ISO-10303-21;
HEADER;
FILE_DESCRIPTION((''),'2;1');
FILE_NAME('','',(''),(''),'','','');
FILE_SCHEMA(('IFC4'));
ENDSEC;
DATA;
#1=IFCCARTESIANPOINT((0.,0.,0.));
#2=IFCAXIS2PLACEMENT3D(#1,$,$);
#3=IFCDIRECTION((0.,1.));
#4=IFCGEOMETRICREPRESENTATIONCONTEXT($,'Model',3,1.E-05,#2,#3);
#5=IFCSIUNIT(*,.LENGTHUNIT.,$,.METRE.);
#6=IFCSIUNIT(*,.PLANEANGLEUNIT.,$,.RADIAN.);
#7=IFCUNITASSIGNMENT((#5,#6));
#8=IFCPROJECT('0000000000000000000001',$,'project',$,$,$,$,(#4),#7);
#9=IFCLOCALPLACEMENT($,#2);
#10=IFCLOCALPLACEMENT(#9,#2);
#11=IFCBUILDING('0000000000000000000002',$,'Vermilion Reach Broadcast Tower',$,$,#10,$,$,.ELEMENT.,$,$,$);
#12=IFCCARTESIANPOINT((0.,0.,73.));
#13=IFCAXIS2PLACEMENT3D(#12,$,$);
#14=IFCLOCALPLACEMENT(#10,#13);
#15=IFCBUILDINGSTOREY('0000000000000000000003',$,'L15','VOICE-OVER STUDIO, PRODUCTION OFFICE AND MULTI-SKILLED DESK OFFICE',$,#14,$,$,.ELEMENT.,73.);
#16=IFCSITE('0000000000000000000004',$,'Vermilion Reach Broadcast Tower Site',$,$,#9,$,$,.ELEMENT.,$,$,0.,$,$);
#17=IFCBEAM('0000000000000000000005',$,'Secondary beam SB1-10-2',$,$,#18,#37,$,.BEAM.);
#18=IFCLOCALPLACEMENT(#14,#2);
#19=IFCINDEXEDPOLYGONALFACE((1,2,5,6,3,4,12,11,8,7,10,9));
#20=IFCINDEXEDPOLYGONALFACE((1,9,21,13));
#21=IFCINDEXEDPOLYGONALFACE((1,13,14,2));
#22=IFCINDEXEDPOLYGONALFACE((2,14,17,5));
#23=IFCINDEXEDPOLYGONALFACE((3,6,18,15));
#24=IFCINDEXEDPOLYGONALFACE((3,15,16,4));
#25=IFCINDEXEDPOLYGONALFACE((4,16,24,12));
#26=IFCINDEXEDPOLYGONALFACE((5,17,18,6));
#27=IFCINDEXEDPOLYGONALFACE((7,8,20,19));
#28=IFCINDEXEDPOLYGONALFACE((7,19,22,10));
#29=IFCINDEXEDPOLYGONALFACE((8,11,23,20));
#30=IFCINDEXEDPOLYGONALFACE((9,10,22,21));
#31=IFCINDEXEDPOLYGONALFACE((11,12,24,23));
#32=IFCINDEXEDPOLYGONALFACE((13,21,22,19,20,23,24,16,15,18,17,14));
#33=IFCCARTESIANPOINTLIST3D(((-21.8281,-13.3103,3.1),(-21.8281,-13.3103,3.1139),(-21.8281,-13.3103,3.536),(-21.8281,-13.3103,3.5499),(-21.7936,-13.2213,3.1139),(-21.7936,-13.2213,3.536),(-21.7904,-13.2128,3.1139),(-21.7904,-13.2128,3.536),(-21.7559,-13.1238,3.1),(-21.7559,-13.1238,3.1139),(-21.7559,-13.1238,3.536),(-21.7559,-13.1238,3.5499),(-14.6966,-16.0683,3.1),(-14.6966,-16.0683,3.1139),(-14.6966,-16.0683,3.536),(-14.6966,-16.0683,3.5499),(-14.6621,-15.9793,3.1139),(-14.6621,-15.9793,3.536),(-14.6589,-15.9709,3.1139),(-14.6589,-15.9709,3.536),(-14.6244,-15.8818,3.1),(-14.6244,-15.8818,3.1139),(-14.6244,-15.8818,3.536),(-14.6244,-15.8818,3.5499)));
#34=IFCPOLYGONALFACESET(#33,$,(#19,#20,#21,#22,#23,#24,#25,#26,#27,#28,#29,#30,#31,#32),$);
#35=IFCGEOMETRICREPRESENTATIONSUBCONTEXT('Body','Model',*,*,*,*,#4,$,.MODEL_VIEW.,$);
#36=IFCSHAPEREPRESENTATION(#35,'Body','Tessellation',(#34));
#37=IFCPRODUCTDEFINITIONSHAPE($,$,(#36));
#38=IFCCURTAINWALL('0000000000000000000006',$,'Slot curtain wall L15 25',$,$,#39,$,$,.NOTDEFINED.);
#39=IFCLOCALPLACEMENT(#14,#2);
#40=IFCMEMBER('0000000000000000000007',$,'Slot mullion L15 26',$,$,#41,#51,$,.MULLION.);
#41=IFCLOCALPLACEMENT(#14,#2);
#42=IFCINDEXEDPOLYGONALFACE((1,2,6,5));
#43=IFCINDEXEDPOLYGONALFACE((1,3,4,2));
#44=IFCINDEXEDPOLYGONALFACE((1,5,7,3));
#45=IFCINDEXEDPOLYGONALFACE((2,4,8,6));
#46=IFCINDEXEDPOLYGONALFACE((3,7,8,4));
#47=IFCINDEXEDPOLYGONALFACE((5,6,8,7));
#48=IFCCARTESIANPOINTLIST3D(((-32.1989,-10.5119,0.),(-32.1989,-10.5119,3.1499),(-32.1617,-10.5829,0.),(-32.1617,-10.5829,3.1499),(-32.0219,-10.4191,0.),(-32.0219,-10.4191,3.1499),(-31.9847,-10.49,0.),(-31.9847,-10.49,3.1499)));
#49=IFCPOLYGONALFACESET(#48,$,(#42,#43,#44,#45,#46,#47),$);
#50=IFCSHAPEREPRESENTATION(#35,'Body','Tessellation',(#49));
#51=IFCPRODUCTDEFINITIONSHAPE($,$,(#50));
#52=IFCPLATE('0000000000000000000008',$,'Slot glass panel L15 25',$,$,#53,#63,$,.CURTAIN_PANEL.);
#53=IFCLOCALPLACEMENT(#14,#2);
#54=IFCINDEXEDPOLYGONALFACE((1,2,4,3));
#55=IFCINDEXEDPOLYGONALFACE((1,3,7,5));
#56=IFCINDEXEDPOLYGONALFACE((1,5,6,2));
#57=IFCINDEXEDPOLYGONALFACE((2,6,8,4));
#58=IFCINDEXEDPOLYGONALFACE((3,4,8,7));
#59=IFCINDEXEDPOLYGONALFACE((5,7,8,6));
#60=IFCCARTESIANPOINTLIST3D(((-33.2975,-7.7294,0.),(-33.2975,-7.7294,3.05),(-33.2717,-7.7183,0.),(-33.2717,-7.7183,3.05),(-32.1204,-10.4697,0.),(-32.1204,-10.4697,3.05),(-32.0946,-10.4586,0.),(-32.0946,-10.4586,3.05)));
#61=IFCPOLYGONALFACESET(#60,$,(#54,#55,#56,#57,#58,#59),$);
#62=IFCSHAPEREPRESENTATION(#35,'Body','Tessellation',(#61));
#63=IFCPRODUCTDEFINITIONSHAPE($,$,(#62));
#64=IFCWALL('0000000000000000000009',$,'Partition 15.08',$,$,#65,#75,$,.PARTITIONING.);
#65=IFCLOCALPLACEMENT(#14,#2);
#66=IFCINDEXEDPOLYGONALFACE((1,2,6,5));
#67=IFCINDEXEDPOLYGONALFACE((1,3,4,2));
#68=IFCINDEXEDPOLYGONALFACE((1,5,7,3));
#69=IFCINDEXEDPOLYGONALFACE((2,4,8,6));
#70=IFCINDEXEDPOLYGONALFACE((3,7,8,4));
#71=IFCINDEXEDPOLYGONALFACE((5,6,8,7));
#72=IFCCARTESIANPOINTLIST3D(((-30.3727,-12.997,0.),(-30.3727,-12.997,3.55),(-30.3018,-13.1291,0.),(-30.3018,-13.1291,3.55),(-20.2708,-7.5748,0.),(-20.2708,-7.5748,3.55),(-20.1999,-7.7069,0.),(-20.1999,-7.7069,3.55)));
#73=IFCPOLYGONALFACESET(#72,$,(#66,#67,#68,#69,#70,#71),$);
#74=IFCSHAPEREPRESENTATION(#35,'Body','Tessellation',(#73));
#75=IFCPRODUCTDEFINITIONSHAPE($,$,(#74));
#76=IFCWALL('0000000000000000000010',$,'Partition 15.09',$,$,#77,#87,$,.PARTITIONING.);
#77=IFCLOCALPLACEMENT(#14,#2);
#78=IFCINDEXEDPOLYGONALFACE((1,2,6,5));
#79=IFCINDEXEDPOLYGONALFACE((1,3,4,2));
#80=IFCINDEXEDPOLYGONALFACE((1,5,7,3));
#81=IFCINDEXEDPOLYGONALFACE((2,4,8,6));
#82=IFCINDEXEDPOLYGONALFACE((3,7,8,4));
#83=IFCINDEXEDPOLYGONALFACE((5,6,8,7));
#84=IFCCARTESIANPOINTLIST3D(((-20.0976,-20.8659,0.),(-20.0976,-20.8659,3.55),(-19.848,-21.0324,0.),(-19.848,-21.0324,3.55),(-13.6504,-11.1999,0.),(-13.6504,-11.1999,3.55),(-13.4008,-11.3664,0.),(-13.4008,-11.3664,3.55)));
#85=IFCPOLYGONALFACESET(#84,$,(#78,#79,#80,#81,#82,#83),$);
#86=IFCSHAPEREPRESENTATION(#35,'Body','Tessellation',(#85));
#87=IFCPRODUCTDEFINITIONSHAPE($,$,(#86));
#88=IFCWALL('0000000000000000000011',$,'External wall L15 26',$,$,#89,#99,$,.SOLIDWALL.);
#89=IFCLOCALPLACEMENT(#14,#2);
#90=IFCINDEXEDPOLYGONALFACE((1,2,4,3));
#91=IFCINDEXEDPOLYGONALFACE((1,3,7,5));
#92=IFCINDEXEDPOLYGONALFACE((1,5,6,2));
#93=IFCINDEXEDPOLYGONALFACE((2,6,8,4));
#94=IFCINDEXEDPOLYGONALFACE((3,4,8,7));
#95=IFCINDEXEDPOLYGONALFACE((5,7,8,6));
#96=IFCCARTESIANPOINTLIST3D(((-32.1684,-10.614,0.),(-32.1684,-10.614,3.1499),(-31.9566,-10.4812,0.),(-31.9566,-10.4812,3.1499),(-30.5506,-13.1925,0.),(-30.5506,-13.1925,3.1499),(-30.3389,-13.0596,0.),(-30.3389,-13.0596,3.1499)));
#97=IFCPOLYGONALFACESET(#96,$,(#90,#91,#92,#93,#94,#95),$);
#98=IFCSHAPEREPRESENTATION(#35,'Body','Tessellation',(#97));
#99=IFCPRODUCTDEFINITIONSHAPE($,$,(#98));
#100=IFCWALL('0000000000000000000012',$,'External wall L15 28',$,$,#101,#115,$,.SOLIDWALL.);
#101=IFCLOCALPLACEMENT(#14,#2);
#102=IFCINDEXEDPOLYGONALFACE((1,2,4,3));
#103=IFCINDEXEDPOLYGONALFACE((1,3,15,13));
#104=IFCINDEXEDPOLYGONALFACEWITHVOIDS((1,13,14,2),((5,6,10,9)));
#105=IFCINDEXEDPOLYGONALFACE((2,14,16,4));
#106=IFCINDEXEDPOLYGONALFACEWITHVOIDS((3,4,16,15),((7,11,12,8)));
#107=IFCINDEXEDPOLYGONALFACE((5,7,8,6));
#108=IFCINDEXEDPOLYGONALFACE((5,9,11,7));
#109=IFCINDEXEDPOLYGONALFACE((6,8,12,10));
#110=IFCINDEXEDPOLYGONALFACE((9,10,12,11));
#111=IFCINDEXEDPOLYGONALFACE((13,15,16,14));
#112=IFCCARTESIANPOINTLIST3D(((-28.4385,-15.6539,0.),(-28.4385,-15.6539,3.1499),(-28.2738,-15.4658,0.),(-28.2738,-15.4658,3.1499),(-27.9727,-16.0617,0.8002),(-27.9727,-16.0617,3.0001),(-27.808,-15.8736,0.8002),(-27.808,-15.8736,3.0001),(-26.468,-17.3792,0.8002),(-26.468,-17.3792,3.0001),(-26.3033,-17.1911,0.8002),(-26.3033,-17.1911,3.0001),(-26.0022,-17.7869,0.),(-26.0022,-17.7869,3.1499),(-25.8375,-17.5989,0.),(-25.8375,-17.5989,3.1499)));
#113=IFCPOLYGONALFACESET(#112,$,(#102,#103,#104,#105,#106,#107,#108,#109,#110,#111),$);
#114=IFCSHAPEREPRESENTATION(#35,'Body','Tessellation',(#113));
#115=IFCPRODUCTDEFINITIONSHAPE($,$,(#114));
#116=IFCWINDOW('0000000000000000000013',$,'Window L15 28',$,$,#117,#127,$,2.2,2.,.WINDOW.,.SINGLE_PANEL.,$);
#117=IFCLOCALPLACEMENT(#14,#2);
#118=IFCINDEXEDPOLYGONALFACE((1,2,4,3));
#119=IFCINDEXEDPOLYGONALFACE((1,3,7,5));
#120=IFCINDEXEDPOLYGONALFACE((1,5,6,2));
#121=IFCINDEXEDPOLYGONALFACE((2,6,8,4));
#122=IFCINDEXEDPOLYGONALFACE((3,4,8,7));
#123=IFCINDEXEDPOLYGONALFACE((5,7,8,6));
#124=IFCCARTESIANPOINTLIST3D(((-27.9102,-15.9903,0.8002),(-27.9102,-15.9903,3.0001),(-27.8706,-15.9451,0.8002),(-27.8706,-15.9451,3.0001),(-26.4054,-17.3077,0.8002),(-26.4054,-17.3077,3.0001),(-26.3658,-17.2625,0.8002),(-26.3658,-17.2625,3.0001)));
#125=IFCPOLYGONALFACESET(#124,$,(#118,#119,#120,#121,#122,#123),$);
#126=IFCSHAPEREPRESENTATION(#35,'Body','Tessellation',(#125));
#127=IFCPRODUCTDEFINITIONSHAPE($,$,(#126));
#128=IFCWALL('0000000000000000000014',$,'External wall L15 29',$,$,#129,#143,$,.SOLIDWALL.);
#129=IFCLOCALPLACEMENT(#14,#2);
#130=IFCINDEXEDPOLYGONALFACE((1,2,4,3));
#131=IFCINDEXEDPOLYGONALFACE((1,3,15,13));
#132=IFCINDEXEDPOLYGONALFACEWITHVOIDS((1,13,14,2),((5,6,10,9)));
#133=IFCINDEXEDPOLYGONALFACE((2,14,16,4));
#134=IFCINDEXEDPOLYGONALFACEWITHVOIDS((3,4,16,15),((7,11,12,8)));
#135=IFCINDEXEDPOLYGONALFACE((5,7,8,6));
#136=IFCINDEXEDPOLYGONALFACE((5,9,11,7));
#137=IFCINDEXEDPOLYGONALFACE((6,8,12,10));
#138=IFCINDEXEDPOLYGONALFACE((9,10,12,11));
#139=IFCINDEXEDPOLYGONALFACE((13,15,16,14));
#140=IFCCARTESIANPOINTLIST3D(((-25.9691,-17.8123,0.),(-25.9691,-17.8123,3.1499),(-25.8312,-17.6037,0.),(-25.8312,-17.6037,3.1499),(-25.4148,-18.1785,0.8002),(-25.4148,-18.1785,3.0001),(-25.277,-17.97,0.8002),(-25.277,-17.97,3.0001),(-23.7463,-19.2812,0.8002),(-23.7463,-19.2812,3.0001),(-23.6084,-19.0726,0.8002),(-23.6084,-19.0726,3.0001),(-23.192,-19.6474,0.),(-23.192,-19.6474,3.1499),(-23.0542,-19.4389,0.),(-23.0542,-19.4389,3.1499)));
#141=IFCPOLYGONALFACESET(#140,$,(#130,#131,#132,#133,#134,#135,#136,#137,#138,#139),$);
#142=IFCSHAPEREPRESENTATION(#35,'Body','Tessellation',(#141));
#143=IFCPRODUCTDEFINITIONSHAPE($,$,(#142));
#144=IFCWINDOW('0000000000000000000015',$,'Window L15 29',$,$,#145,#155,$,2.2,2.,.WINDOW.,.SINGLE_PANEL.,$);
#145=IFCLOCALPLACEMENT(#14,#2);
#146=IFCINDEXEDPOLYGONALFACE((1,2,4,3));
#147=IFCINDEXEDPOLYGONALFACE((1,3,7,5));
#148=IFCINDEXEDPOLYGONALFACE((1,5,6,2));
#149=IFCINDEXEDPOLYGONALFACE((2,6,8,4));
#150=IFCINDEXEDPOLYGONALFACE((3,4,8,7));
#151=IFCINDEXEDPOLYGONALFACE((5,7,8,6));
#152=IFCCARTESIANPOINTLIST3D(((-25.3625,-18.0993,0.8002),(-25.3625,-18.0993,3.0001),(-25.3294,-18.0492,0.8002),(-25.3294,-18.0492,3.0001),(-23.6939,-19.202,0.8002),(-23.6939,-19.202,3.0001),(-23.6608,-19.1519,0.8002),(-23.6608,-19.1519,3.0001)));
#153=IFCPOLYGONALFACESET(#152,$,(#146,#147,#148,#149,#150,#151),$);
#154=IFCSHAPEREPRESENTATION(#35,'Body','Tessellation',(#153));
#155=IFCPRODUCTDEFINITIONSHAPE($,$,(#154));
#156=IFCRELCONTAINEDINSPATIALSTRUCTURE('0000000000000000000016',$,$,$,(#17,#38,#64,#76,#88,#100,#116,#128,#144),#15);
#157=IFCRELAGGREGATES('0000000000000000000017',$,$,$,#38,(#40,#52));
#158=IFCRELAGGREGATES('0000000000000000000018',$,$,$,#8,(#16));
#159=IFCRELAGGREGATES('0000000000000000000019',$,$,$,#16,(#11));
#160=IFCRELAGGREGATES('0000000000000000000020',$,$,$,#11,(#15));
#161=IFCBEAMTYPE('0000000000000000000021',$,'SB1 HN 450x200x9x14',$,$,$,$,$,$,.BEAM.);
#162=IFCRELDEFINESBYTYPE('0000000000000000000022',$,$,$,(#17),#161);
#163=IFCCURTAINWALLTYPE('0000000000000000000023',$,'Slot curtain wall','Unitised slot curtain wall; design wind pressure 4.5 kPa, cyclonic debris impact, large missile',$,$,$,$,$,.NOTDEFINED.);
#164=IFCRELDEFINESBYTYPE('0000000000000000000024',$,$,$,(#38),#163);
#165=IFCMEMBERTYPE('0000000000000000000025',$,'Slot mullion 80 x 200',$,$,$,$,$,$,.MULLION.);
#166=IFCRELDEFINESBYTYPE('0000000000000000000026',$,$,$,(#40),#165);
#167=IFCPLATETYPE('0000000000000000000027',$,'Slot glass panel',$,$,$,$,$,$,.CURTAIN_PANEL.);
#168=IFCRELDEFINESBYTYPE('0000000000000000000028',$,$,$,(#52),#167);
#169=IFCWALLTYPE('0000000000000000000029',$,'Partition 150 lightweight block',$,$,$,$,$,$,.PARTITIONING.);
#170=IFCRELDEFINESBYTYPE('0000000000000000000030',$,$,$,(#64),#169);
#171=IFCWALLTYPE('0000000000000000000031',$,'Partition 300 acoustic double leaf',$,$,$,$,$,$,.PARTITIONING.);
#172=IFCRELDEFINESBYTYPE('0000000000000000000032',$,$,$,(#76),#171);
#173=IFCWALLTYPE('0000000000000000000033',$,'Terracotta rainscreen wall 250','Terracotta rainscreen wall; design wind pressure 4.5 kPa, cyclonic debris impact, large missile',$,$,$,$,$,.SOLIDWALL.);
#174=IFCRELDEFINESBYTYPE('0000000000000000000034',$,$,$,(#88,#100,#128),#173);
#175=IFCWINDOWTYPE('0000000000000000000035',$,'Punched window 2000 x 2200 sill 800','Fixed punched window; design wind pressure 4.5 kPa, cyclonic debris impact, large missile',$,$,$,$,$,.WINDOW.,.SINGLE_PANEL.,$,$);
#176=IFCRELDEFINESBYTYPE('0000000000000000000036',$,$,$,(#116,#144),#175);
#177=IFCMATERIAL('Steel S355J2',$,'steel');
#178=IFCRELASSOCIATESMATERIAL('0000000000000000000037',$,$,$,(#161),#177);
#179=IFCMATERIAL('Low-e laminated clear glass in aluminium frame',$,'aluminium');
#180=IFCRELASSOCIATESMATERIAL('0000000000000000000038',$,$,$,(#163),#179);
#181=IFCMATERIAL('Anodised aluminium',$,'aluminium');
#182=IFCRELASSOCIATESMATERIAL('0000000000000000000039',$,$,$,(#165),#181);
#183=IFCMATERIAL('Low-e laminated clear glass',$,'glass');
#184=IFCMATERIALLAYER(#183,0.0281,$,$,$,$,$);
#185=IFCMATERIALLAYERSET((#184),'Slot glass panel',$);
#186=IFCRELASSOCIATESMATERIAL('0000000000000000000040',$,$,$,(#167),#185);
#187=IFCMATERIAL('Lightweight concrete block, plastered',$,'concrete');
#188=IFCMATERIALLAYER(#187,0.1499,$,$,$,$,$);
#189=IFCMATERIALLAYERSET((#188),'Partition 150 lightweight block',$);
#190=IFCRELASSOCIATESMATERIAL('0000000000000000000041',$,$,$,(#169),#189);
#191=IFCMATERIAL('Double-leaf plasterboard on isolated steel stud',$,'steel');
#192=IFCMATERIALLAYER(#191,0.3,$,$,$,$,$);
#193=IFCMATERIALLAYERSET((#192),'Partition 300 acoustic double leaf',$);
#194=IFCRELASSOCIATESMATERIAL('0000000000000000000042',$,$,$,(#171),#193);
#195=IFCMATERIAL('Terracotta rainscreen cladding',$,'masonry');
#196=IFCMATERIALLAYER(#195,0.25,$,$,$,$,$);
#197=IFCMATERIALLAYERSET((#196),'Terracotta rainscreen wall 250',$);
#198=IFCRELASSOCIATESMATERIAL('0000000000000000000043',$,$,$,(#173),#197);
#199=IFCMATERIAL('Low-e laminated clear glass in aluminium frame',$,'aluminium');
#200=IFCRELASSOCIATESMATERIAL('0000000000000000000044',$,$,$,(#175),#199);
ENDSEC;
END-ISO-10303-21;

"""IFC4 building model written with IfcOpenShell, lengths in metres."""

from ifc_helpers import new_model, si_unit, direction, frame, frame_2d, origin, origin_2d, place, context, subcontext, project, spatial, rectangle, i_section, extrude, material, layer, layer_set, material_profile, profile_set, type_object, element, fill, aggregate, save


model = new_model("IFC4")

# Units and contexts
model_context = context("Model", 3, precision=1e-05, world=origin(), true_north=direction((0.0, 1.0)))
body_context = subcontext(model_context, "Body", "Model", "MODEL_VIEW")
ifc_project = project(units=[si_unit("LENGTHUNIT", "METRE"), si_unit("PLANEANGLEUNIT", "RADIAN")], contexts=[model_context])

# Site, building, storey
site_placement = place(None, origin())
site = spatial("IfcSite", under=ifc_project, at=site_placement, Name="Vermilion Reach Broadcast Tower Site", CompositionType="ELEMENT", RefElevation=0.0)
building_placement = place(site_placement, origin())
building = spatial("IfcBuilding", under=site, at=building_placement, Name="Vermilion Reach Broadcast Tower", CompositionType="ELEMENT")
storey_placement = place(building_placement, frame((0.0, 0.0, 73.0)))
storey = spatial("IfcBuildingStorey", under=building, at=storey_placement, Name="L15", Description="VOICE-OVER STUDIO, PRODUCTION OFFICE AND MULTI-SKILLED DESK OFFICE", CompositionType="ELEMENT", Elevation=73.0)

# Beam
ifc_material_1 = material(Name="Steel S355J2", Category="steel")
ifc_material_profile_1 = material_profile(ifc_material_1, i_section(OverallWidth=0.2, OverallDepth=0.45, WebThickness=0.009, FlangeThickness=0.0139, at=origin_2d()), Name="S355J2 HN 450x200x9x14")
ifc_profile_set_1 = profile_set([ifc_material_profile_1], Name="Steel S355J2")
beam_type_1 = type_object("IfcBeamType", Name="SB1 HN 450x200x9x14", PredefinedType="BEAM", material=ifc_profile_set_1)
beam_1_placement = place(storey_placement, frame((-21.792, -13.217, 3.325), z_axis=(0.932681, -0.360703, 0.0), x_axis=(0.360703, 0.932681, 0.0)))
element("IfcBeam", 1, at=beam_1_placement, inside=storey, type_object=beam_type_1, Name="Secondary beam SB1-10-2", PredefinedType="BEAM", context=body_context, shape_type="SweptSolid", body=[
    extrude(i_section(OverallWidth=0.2, OverallDepth=0.45, WebThickness=0.009, FlangeThickness=0.0139, at=origin_2d()), origin(), (0.0, 0.0, 1.0), 7.6462),
])

# Curtain wall, member, plate
ifc_material_2 = material(Name="Low-e laminated clear glass in aluminium frame", Category="aluminium")
curtain_wall_type = type_object("IfcCurtainWallType", Name="Slot curtain wall", Description="Unitised slot curtain wall; design wind pressure 4.5 kPa, cyclonic debris impact, large missile", PredefinedType="NOTDEFINED", material=ifc_material_2)
curtain_wall_placement = place(storey_placement, origin())
curtain_wall = element("IfcCurtainWall", 2, at=curtain_wall_placement, inside=storey, type_object=curtain_wall_type, Name="Slot curtain wall L15 25", PredefinedType="NOTDEFINED")
ifc_material_3 = material(Name="Anodised aluminium", Category="aluminium")
ifc_material_profile_2 = material_profile(ifc_material_3, rectangle(XDim=0.2, YDim=0.0801, at=origin_2d()), Name="Slot mullion 80 x 200")
ifc_profile_set_2 = profile_set([ifc_material_profile_2], Name="Anodised aluminium")
member_type = type_object("IfcMemberType", Name="Slot mullion 80 x 200", PredefinedType="MULLION", material=ifc_profile_set_2)
member_placement = place(storey_placement, frame((-32.0918, -10.501, 0.0), z_axis=(0.0, 0.0, 1.0), x_axis=(0.885609, 0.464431, 0.0)))
member = element("IfcMember", 3, at=member_placement, type_object=member_type, Name="Slot mullion L15 26", PredefinedType="MULLION", context=body_context, shape_type="SweptSolid", body=[
    extrude(rectangle(XDim=0.2, YDim=0.0801, at=origin_2d()), origin(), (0.0, 0.0, 1.0), 3.1499),
])
ifc_material_4 = material(Name="Low-e laminated clear glass", Category="glass")
ifc_layer_1 = layer(ifc_material_4, 0.0281)
ifc_layer_set_1 = layer_set([ifc_layer_1], Name="Slot glass panel")
plate_type = type_object("IfcPlateType", Name="Slot glass panel", PredefinedType="CURTAIN_PANEL", material=ifc_layer_set_1)
plate_placement = place(storey_placement, frame((-32.696, -9.094, 0.0), z_axis=(0.0, 0.0, 1.0), x_axis=(0.394656, -0.918829, 0.0)))
plate = element("IfcPlate", 4, at=plate_placement, type_object=plate_type, Name="Slot glass panel L15 25", PredefinedType="CURTAIN_PANEL", context=body_context, shape_type="SweptSolid", body=[
    extrude(rectangle(XDim=2.9824, YDim=0.0281, at=origin_2d()), origin(), (0.0, 0.0, 1.0), 3.05),
])
aggregate(curtain_wall, [member, plate])

# Walls
ifc_material_5 = material(Name="Lightweight concrete block, plastered", Category="concrete")
ifc_layer_2 = layer(ifc_material_5, 0.1499)
ifc_layer_set_2 = layer_set([ifc_layer_2], Name="Partition 150 lightweight block")
wall_type_1 = type_object("IfcWallType", Name="Partition 150 lightweight block", PredefinedType="PARTITIONING", material=ifc_layer_set_2)
wall_1_placement = place(storey_placement, frame((-30.3372, -13.063, 0.0), z_axis=(0.0, 0.0, 1.0), x_axis=(0.881101, 0.472929, 0.0)))
element("IfcWall", 5, at=wall_1_placement, inside=storey, type_object=wall_type_1, Name="Partition 15.08", PredefinedType="PARTITIONING", context=body_context, shape_type="SweptSolid", body=[
    extrude(rectangle(XDim=11.4651, YDim=0.1499, at=frame_2d((5.7324, 0.0))), origin(), (0.0, 0.0, 1.0), 3.55),
])
ifc_material_6 = material(Name="Double-leaf plasterboard on isolated steel stud", Category="steel")
ifc_layer_3 = layer(ifc_material_6, 0.3)
ifc_layer_set_3 = layer_set([ifc_layer_3], Name="Partition 300 acoustic double leaf")
wall_type_2 = type_object("IfcWallType", Name="Partition 300 acoustic double leaf", PredefinedType="PARTITIONING", material=ifc_layer_set_3)
wall_2_placement = place(storey_placement, frame((-19.9729, -20.9492, 0.0), z_axis=(0.0, 0.0, 1.0), x_axis=(0.554894, 0.831921, 0.0)))
element("IfcWall", 6, at=wall_2_placement, inside=storey, type_object=wall_type_2, Name="Partition 15.09", PredefinedType="PARTITIONING", context=body_context, shape_type="SweptSolid", body=[
    extrude(rectangle(XDim=11.6189, YDim=0.3, at=frame_2d((5.8096, 0.0))), origin(), (0.0, 0.0, 1.0), 3.55),
])
ifc_material_7 = material(Name="Terracotta rainscreen cladding", Category="masonry")
ifc_layer_4 = layer(ifc_material_7, 0.25)
ifc_layer_set_4 = layer_set([ifc_layer_4], Name="Terracotta rainscreen wall 250")
wall_type_3 = type_object("IfcWallType", Name="Terracotta rainscreen wall 250", Description="Terracotta rainscreen wall; design wind pressure 4.5 kPa, cyclonic debris impact, large missile", PredefinedType="SOLIDWALL", material=ifc_layer_set_4)
wall_3_placement = place(storey_placement, frame((-32.0625, -10.5476, 0.0), z_axis=(0.0, 0.0, 1.0), x_axis=(0.531462, -0.847082, 0.0)))
element("IfcWall", 7, at=wall_3_placement, inside=storey, type_object=wall_type_3, Name="External wall L15 26", PredefinedType="SOLIDWALL", context=body_context, shape_type="SweptSolid", body=[
    extrude(rectangle(XDim=3.0439, YDim=0.25, at=frame_2d((1.522, 0.0))), origin(), (0.0, 0.0, 1.0), 3.1499),
])

# Walls, openings, windows
wall_4_placement = place(storey_placement, frame((-28.3562, -15.5598, 0.0), z_axis=(0.0, 0.0, 1.0), x_axis=(0.752376, -0.658734, 0.0)))
wall_4 = element("IfcWall", 8, at=wall_4_placement, inside=storey, type_object=wall_type_3, Name="External wall L15 28", PredefinedType="SOLIDWALL", context=body_context, shape_type="SweptSolid", body=[
    extrude(rectangle(XDim=3.238, YDim=0.25, at=frame_2d((1.6191, 0.0))), origin(), (0.0, 0.0, 1.0), 3.1499),
])
opening_1_placement = place(wall_4_placement, frame((0.6191, 0.0, 0.8)))
opening_1 = element("IfcOpeningElement", 9, at=opening_1_placement, cuts=wall_4, PredefinedType="OPENING", context=body_context, shape_type="SweptSolid", body=[
    extrude(rectangle(XDim=2.0, YDim=2.2, at=frame_2d((1.0, 1.1001))), frame((0.0, 0.135, 0.0), z_axis=(0.0, -1.0, 0.0), x_axis=(1.0, 0.0, 0.0)), (0.0, 0.0, 1.0), 0.27),
])
ifc_material_8 = material(Name="Low-e laminated clear glass in aluminium frame", Category="aluminium")
window_type = type_object("IfcWindowType", Name="Punched window 2000 x 2200 sill 800", Description="Fixed punched window; design wind pressure 4.5 kPa, cyclonic debris impact, large missile", PartitioningType="SINGLE_PANEL", PredefinedType="WINDOW", material=ifc_material_8)
window_1_placement = place(opening_1_placement, origin())
window_1 = element("IfcWindow", 10, at=window_1_placement, inside=storey, type_object=window_type, Name="Window L15 28", OverallHeight=2.2, OverallWidth=2.0, PartitioningType="SINGLE_PANEL", PredefinedType="WINDOW", context=body_context, shape_type="SweptSolid", body=[
    extrude(rectangle(XDim=2.0, YDim=2.2, at=frame_2d((1.0, 1.1001))), frame((0.0, 0.03, 0.0), z_axis=(0.0, -1.0, 0.0), x_axis=(1.0, 0.0, 0.0)), (0.0, 0.0, 1.0), 0.0601),
])
fill(opening_1, window_1)
wall_5_placement = place(storey_placement, frame((-25.9001, -17.708, 0.0), z_axis=(0.0, 0.0, 1.0), x_axis=(0.834289, -0.551327, 0.0)))
wall_5 = element("IfcWall", 11, at=wall_5_placement, inside=storey, type_object=wall_type_3, Name="External wall L15 29", PredefinedType="SOLIDWALL", context=body_context, shape_type="SweptSolid", body=[
    extrude(rectangle(XDim=3.3286, YDim=0.25, at=frame_2d((1.6643, 0.0))), origin(), (0.0, 0.0, 1.0), 3.1499),
])
opening_2_placement = place(wall_5_placement, frame((0.6643, 0.0, 0.8)))
opening_2 = element("IfcOpeningElement", 12, at=opening_2_placement, cuts=wall_5, PredefinedType="OPENING", context=body_context, shape_type="SweptSolid", body=[
    extrude(rectangle(XDim=2.0, YDim=2.2, at=frame_2d((1.0, 1.1001))), frame((0.0, 0.135, 0.0), z_axis=(0.0, -1.0, 0.0), x_axis=(1.0, 0.0, 0.0)), (0.0, 0.0, 1.0), 0.27),
])
window_2_placement = place(opening_2_placement, origin())
window_2 = element("IfcWindow", 13, at=window_2_placement, inside=storey, type_object=window_type, Name="Window L15 29", OverallHeight=2.2, OverallWidth=2.0, PartitioningType="SINGLE_PANEL", PredefinedType="WINDOW", context=body_context, shape_type="SweptSolid", body=[
    extrude(rectangle(XDim=2.0, YDim=2.2, at=frame_2d((1.0, 1.1001))), frame((0.0, 0.03, 0.0), z_axis=(0.0, -1.0, 0.0), x_axis=(1.0, 0.0, 0.0)), (0.0, 0.0, 1.0), 0.0601),
])
fill(opening_2, window_2)

save(model, "model.ifc")
